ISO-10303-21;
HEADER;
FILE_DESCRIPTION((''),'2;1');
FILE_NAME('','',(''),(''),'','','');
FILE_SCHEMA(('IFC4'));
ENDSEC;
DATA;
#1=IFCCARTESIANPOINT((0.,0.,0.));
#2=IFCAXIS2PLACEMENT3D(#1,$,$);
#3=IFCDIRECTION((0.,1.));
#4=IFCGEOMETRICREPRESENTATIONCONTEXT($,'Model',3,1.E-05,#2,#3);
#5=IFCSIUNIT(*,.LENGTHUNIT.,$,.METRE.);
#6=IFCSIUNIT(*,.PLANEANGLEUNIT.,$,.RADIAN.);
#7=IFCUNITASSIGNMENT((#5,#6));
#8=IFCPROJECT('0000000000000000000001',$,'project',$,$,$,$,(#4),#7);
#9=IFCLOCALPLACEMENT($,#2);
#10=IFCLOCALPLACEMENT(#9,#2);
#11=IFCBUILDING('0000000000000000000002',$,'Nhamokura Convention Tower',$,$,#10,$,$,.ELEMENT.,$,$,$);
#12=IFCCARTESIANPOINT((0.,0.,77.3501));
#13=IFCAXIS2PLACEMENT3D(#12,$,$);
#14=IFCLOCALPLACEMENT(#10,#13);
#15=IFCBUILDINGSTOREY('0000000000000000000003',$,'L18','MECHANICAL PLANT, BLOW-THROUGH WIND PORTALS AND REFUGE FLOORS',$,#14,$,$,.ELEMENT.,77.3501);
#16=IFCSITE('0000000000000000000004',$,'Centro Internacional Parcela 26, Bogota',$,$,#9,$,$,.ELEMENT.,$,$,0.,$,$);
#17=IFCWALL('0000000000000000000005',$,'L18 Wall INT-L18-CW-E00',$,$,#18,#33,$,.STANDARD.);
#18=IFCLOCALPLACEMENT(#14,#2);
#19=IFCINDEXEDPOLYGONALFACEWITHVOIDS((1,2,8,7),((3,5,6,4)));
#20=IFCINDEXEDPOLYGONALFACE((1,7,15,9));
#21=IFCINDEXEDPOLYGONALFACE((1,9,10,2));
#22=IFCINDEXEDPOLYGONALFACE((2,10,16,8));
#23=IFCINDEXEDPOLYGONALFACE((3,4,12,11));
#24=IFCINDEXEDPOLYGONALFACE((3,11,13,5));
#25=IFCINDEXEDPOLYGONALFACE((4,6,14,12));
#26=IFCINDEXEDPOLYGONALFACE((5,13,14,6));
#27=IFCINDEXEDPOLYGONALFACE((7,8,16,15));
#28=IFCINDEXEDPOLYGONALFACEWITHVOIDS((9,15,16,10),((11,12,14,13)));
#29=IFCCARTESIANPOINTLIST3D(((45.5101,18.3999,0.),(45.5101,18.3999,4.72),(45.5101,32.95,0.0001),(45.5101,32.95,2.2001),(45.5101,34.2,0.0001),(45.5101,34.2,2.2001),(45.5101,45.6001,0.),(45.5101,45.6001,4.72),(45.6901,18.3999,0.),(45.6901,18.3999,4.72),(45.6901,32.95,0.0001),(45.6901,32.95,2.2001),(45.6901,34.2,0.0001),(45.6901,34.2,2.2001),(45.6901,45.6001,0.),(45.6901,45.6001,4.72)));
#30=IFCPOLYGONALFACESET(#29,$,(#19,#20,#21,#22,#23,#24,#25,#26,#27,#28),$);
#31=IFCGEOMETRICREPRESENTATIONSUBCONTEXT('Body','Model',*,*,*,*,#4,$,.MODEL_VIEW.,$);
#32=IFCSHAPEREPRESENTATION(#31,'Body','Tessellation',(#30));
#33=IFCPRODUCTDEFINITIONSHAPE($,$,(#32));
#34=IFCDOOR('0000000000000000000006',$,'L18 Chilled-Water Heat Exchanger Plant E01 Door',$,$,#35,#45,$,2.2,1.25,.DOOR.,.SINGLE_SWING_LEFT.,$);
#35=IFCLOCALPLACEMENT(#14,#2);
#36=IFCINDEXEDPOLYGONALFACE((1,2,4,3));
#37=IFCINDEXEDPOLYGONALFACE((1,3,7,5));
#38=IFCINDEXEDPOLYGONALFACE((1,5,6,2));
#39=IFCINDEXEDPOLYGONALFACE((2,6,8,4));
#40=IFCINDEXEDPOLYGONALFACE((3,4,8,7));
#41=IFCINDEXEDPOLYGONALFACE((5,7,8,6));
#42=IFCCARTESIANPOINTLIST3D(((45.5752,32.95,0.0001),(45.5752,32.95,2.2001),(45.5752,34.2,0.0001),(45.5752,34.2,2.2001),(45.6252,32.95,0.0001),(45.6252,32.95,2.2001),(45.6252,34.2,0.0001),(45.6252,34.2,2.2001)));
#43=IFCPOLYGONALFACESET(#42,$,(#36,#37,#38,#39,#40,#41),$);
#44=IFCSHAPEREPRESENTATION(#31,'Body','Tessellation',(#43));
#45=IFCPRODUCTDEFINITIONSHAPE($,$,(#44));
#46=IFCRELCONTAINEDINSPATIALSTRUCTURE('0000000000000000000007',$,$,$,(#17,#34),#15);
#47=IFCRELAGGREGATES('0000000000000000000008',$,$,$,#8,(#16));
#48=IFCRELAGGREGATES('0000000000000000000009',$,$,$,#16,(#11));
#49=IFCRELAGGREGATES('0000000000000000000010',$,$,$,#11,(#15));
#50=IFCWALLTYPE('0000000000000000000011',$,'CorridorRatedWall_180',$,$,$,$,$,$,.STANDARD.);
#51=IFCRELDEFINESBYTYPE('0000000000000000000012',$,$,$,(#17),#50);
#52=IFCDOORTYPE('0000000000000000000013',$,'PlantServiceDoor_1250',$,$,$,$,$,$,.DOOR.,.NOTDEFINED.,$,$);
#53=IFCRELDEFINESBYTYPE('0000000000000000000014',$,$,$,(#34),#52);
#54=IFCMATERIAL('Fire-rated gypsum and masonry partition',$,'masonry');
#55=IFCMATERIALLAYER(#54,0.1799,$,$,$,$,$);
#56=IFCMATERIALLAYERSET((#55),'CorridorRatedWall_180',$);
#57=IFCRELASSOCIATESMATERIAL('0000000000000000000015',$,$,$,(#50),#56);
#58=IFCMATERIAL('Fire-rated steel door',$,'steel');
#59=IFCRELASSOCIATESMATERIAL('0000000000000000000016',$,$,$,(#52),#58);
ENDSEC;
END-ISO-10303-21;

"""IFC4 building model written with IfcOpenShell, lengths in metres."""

from ifc_helpers import new_model, si_unit, direction, frame, frame_2d, origin, place, context, subcontext, project, spatial, rectangle, extrude, material, layer, layer_set, type_object, element, fill, save


model = new_model("IFC4")

# Units and contexts
model_context = context("Model", 3, precision=1e-05, world=origin(), true_north=direction((0.0, 1.0)))
body_context = subcontext(model_context, "Body", "Model", "MODEL_VIEW")
ifc_project = project(units=[si_unit("LENGTHUNIT", "METRE"), si_unit("PLANEANGLEUNIT", "RADIAN")], contexts=[model_context])

# Site, building, storey
site_placement = place(None, origin())
site = spatial("IfcSite", under=ifc_project, at=site_placement, Name="Centro Internacional Parcela 26, Bogota", CompositionType="ELEMENT", RefElevation=0.0)
building_placement = place(site_placement, origin())
building = spatial("IfcBuilding", under=site, at=building_placement, Name="Nhamokura Convention Tower", CompositionType="ELEMENT")
storey_placement = place(building_placement, frame((0.0, 0.0, 77.3501)))
storey = spatial("IfcBuildingStorey", under=building, at=storey_placement, Name="L18", Description="MECHANICAL PLANT, BLOW-THROUGH WIND PORTALS AND REFUGE FLOORS", CompositionType="ELEMENT", Elevation=77.3501)

# Wall, opening, door
ifc_material_1 = material(Name="Fire-rated gypsum and masonry partition", Category="masonry")
ifc_layer_1 = layer(ifc_material_1, 0.1799)
ifc_layer_set_1 = layer_set([ifc_layer_1], Name="CorridorRatedWall_180")
wall_type_1 = type_object("IfcWallType", Name="CorridorRatedWall_180", PredefinedType="STANDARD", material=ifc_layer_set_1)
wall_1_placement = place(storey_placement, frame((45.6001, 18.3999, 0.0), z_axis=(0.0, 0.0, 1.0), x_axis=(0.0, 1.0, 0.0)))
wall_1 = element("IfcWall", 1, at=wall_1_placement, inside=storey, type_object=wall_type_1, Name="L18 Wall INT-L18-CW-E00", PredefinedType="STANDARD", context=body_context, shape_type="SweptSolid", body=[
    extrude(rectangle(XDim=27.2002, YDim=0.1799, at=frame_2d((13.6001, 0.0))), origin(), (0.0, 0.0, 1.0), 4.72),
])
opening_1_placement = place(wall_1_placement, frame((14.55, 0.0, 0.0)))
opening_1 = element("IfcOpeningElement", 2, at=opening_1_placement, cuts=wall_1, PredefinedType="OPENING", context=body_context, shape_type="SweptSolid", body=[
    extrude(rectangle(XDim=1.25, YDim=2.2, at=frame_2d((0.625, 1.1001))), frame((0.0, 0.0999, 0.0), z_axis=(0.0, -1.0, 0.0), x_axis=(1.0, 0.0, 0.0)), (0.0, 0.0, 1.0), 0.2),
])
ifc_material_2 = material(Name="Fire-rated steel door", Category="steel")
door_type_1 = type_object("IfcDoorType", Name="PlantServiceDoor_1250", OperationType="NOTDEFINED", PredefinedType="DOOR", material=ifc_material_2)
door_1_placement = place(opening_1_placement, origin())
door_1 = element("IfcDoor", 3, at=door_1_placement, inside=storey, type_object=door_type_1, Name="L18 Chilled-Water Heat Exchanger Plant E01 Door", OperationType="SINGLE_SWING_LEFT", OverallHeight=2.2, OverallWidth=1.25, PredefinedType="DOOR", context=body_context, shape_type="SweptSolid", body=[
    extrude(rectangle(XDim=1.25, YDim=2.2, at=frame_2d((0.625, 1.1001))), frame((0.0, 0.0249, 0.0), z_axis=(0.0, -1.0, 0.0), x_axis=(1.0, 0.0, 0.0)), (0.0, 0.0, 1.0), 0.05),
])
fill(opening_1, door_1)

save(model, "model.ifc")
